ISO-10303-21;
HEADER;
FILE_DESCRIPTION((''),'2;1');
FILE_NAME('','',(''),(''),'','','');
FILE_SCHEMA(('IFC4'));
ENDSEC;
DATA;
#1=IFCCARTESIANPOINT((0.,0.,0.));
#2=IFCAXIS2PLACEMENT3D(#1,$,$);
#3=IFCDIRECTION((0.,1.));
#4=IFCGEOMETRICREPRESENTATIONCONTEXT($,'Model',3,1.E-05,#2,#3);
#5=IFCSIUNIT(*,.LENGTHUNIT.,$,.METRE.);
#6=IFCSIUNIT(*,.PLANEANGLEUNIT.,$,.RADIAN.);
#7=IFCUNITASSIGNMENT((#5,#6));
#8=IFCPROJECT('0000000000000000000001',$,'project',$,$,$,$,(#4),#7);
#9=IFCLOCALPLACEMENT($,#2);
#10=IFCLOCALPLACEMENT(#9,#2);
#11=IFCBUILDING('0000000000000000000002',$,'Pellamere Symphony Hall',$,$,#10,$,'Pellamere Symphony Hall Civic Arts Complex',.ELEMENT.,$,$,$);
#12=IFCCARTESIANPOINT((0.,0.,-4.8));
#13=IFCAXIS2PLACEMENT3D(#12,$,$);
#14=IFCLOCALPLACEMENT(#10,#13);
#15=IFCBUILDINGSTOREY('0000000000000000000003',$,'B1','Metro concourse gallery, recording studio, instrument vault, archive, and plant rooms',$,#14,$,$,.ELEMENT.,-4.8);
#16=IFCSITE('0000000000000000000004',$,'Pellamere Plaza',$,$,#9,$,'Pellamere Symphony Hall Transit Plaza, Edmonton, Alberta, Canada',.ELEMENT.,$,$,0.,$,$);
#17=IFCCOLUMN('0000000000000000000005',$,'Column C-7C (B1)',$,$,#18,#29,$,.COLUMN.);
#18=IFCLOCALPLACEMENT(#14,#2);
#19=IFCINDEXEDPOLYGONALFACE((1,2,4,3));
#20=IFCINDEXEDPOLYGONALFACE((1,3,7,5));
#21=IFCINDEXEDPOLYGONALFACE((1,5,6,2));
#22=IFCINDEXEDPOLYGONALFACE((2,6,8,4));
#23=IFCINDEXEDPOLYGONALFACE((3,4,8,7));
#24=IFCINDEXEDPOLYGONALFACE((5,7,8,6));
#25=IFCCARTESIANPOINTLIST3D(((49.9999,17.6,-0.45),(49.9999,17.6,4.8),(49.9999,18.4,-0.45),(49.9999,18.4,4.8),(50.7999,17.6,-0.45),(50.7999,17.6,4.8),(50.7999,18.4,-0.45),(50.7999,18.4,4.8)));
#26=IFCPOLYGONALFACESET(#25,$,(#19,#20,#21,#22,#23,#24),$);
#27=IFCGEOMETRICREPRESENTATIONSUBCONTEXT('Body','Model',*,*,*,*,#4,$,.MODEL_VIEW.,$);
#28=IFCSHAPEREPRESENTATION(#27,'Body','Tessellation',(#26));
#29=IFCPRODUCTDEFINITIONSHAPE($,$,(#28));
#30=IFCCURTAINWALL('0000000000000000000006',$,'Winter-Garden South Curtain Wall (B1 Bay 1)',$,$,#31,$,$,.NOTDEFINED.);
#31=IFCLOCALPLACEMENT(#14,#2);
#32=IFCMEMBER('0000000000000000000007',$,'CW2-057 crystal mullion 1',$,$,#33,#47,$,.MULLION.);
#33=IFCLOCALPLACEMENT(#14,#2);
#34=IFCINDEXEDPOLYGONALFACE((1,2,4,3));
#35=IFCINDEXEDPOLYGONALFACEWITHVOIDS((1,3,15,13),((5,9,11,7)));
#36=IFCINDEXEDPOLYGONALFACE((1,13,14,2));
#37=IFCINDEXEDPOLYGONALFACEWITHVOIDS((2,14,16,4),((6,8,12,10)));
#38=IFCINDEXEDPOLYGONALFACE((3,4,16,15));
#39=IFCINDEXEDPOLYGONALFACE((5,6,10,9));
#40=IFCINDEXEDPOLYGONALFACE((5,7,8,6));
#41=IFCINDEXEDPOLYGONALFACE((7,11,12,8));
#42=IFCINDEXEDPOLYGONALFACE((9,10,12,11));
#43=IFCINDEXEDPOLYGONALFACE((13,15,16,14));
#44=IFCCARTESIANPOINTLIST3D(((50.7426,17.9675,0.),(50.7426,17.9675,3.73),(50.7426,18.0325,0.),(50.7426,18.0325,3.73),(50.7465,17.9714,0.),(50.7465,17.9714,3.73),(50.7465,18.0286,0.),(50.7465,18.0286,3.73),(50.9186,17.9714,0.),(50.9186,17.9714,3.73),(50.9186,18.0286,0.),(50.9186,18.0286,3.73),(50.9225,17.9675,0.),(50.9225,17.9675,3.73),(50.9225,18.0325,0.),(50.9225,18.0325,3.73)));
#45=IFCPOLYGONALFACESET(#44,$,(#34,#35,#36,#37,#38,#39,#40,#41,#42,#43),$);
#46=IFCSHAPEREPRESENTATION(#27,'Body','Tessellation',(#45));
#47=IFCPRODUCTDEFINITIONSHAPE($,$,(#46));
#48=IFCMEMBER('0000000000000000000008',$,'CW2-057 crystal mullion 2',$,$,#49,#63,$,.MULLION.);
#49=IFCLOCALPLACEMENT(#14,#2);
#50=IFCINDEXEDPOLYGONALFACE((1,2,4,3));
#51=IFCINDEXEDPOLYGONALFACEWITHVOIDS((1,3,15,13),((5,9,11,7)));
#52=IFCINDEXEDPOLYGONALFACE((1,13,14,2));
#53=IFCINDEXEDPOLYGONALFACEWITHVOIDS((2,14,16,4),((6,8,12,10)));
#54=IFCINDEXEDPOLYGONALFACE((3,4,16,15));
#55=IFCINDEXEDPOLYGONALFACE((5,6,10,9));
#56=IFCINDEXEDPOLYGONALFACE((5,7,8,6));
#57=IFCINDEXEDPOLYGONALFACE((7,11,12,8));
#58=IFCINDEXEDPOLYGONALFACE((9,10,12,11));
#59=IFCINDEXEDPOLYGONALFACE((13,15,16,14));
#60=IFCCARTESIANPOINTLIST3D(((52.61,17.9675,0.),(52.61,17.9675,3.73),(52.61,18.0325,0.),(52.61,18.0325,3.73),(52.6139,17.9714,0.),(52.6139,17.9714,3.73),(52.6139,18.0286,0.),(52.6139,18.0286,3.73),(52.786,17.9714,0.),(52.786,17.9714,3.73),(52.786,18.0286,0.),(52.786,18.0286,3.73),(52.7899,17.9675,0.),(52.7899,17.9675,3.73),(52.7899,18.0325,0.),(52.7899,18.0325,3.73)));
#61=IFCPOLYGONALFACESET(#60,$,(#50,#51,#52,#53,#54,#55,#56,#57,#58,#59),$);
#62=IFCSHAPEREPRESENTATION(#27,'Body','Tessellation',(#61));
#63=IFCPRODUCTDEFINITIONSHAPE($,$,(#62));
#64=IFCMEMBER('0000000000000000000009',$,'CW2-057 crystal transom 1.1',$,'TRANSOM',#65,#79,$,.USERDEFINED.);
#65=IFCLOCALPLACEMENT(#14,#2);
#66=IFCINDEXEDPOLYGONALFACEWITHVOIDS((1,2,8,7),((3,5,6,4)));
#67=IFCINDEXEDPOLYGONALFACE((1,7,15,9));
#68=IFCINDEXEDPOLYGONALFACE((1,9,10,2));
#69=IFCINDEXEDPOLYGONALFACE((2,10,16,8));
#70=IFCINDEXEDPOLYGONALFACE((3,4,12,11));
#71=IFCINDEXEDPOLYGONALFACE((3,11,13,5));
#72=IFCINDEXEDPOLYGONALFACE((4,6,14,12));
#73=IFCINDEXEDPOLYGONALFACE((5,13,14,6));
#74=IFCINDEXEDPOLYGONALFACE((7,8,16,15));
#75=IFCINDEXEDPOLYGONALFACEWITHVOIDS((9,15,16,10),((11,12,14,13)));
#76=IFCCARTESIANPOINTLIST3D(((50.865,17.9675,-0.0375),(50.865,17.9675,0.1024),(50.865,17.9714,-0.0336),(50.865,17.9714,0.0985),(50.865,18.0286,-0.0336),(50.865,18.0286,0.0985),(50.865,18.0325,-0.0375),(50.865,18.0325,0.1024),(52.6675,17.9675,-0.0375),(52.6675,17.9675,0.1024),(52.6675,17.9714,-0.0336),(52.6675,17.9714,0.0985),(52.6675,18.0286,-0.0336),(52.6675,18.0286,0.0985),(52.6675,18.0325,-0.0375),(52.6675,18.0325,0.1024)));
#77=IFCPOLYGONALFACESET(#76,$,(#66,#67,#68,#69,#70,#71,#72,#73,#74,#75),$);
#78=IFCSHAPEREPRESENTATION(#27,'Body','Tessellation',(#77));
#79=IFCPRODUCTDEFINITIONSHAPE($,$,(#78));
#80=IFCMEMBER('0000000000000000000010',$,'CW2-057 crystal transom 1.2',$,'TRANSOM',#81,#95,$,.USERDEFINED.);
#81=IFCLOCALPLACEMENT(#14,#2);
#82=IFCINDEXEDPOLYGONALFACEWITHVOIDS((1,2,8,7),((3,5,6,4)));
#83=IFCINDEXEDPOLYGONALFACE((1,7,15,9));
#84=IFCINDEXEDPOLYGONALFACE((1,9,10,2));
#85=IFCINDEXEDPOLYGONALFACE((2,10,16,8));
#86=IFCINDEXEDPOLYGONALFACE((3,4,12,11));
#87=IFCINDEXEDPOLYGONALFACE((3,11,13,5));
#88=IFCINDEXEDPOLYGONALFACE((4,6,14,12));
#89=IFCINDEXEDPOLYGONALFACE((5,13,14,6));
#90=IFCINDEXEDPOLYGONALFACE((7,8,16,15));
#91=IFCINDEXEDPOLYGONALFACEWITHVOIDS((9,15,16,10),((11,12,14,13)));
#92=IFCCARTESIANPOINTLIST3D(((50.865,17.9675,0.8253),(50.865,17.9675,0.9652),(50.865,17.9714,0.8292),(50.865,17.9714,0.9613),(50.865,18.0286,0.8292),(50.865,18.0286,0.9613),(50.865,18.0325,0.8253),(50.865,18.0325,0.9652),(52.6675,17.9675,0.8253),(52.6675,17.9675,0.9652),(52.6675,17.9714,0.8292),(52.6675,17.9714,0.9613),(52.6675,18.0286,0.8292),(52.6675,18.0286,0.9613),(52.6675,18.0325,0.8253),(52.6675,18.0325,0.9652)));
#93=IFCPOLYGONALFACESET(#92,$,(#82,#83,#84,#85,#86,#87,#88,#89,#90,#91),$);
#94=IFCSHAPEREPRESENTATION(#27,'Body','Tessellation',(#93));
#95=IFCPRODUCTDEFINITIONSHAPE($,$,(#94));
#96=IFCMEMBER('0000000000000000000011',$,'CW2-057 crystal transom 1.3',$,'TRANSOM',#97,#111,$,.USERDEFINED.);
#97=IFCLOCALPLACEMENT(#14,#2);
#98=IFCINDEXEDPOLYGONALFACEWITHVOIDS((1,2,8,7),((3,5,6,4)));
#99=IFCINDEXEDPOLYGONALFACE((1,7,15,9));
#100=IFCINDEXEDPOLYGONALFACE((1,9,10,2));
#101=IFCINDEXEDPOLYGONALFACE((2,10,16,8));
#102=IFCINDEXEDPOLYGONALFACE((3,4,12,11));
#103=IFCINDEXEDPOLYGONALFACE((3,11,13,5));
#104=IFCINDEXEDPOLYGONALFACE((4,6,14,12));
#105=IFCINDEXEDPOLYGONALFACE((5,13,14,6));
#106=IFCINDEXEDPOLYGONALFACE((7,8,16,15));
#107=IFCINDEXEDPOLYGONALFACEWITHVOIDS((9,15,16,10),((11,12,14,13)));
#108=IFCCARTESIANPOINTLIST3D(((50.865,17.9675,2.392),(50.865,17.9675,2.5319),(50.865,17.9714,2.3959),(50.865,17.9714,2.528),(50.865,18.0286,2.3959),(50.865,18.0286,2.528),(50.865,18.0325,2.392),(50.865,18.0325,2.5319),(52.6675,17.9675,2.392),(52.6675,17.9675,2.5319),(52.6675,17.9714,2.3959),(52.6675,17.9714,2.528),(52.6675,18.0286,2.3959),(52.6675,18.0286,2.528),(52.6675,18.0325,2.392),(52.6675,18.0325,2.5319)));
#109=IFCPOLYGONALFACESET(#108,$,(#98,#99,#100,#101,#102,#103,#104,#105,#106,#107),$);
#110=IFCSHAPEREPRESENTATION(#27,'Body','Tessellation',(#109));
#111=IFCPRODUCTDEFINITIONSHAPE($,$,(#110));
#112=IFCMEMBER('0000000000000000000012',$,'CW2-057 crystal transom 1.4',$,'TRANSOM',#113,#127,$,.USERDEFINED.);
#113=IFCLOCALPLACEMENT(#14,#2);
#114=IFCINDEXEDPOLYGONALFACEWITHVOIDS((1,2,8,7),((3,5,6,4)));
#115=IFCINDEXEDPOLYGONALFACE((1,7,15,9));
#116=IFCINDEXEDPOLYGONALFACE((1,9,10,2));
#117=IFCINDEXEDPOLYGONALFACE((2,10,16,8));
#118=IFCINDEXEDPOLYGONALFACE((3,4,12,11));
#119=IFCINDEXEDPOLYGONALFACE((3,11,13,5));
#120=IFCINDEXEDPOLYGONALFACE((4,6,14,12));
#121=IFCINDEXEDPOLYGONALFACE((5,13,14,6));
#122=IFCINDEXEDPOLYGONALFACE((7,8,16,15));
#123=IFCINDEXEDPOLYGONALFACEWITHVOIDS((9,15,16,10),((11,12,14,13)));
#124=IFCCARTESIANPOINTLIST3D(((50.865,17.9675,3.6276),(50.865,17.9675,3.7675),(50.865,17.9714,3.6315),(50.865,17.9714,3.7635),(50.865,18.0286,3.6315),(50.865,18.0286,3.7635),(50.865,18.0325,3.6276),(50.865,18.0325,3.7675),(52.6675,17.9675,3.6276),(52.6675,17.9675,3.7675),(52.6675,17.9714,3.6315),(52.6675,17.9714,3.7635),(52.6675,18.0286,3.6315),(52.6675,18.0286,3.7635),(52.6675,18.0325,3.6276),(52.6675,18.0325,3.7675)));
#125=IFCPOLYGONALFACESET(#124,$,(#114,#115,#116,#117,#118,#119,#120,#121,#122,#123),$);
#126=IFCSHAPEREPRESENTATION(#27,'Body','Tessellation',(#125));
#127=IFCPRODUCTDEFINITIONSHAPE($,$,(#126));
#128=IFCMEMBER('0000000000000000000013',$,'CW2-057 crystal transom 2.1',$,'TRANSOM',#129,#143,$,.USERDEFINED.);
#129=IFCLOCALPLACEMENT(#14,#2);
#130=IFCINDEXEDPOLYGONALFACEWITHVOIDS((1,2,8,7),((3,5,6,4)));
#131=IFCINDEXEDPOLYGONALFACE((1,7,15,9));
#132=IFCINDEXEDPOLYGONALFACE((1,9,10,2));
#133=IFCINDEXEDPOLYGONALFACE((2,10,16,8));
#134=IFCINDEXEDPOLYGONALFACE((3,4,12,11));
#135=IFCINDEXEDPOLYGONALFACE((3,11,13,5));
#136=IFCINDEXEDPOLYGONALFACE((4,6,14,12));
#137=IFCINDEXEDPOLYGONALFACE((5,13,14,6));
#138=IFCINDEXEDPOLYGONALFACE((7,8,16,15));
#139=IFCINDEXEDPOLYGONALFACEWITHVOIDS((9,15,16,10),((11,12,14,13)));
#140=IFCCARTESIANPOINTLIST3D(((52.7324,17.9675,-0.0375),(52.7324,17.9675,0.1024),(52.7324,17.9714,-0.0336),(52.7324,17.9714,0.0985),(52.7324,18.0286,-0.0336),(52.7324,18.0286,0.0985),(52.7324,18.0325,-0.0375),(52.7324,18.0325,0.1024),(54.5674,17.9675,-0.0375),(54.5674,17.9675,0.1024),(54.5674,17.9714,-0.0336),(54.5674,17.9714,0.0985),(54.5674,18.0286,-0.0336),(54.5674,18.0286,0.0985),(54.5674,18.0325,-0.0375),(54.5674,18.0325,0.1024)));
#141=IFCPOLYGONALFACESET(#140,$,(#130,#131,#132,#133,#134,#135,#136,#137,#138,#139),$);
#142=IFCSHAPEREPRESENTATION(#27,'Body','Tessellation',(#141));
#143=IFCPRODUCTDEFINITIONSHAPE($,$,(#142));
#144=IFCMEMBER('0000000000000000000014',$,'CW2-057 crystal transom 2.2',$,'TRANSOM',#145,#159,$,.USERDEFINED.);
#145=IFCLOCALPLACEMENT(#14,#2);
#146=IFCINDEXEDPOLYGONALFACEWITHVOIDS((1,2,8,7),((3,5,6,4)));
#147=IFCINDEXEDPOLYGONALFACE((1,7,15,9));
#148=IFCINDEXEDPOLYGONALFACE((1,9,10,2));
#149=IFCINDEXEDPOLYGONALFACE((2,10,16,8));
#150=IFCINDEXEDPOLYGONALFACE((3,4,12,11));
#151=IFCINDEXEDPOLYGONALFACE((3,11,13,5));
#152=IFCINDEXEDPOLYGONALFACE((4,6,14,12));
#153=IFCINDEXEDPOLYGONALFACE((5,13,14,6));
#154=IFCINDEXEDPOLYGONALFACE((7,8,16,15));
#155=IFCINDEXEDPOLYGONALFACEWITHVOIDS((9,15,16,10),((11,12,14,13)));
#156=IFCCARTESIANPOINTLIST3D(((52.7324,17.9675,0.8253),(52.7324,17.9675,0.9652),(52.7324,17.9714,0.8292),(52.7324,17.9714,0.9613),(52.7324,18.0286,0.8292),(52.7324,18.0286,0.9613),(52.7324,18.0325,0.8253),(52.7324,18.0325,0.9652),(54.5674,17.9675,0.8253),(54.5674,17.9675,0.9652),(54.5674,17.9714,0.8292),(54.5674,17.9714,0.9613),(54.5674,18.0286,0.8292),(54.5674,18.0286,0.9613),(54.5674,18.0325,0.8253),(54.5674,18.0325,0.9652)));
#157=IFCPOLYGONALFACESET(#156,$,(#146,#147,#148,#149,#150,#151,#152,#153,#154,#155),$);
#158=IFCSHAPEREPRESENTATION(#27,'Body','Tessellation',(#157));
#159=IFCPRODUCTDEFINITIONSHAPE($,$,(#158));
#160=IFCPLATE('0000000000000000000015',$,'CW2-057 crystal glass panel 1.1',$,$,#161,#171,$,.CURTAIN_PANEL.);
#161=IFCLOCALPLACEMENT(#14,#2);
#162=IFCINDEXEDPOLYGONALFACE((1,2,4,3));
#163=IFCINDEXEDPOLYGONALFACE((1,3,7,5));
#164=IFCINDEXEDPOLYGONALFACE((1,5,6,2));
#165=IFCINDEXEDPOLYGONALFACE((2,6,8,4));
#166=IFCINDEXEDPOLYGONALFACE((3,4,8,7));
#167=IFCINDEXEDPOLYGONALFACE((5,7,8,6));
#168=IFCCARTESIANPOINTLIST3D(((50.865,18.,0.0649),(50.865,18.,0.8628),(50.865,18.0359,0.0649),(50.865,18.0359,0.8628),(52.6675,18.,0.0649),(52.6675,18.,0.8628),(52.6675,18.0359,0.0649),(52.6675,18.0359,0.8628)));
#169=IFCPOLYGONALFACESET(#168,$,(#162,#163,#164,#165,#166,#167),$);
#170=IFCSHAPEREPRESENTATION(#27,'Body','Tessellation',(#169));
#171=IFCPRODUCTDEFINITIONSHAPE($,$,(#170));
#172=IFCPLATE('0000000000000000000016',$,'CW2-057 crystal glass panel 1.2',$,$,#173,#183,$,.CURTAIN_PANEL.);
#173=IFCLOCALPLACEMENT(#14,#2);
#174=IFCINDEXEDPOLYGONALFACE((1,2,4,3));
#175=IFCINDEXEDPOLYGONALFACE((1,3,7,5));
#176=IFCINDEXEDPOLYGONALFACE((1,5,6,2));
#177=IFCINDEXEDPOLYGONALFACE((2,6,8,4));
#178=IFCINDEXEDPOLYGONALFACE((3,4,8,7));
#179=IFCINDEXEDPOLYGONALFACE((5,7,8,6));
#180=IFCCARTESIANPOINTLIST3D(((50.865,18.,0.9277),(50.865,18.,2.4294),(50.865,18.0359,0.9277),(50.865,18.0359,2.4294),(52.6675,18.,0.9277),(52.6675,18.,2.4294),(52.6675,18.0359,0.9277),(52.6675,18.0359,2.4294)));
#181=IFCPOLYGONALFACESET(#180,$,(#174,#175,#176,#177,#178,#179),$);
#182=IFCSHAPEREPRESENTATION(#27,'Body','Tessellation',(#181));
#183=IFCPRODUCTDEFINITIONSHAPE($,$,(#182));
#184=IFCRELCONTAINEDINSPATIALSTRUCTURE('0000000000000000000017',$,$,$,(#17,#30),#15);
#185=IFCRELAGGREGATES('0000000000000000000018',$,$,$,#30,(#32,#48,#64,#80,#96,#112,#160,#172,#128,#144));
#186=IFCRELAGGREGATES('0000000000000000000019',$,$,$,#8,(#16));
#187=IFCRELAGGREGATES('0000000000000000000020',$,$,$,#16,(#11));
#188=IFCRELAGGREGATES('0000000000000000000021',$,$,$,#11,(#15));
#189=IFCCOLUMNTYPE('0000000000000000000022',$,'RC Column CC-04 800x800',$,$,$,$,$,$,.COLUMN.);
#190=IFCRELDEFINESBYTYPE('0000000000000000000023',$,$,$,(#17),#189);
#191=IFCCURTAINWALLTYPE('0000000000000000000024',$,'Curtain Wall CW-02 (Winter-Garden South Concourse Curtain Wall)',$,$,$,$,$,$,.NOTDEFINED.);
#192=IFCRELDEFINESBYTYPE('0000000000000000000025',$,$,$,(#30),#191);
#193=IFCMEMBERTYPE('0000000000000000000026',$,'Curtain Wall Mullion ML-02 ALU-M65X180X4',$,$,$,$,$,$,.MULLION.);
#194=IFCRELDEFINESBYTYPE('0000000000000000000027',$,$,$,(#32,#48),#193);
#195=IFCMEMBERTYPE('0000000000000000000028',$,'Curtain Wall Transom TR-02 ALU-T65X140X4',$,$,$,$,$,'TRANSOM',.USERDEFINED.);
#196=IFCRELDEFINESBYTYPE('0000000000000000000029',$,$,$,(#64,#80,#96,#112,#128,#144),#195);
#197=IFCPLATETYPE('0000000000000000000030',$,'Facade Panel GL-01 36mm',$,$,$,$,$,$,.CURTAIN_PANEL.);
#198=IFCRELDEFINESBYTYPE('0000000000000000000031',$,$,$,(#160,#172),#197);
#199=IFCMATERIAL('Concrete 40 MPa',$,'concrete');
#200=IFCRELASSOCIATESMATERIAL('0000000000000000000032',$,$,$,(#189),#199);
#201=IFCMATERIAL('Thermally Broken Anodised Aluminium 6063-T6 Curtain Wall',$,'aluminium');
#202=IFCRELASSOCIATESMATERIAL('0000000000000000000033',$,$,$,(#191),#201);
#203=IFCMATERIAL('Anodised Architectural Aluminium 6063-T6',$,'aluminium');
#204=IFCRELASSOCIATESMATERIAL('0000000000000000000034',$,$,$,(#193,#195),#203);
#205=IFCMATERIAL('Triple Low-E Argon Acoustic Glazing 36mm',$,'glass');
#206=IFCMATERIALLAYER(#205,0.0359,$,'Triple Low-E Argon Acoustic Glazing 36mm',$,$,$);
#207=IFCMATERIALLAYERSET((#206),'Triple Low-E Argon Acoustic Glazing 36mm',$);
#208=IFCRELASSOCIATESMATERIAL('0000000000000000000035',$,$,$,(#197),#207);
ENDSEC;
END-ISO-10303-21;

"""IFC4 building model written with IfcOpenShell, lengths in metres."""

from ifc_helpers import new_model, si_unit, direction, frame, origin, origin_2d, place, context, subcontext, project, spatial, polyline, rectangle, hollow_rectangle, outline, extrude, material, layer, layer_set, material_profile, profile_set, type_object, element, aggregate, save


model = new_model("IFC4")

# Units and contexts
model_context = context("Model", 3, precision=1e-05, world=origin(), true_north=direction((0.0, 1.0)))
body_context = subcontext(model_context, "Body", "Model", "MODEL_VIEW")
ifc_project = project(units=[si_unit("LENGTHUNIT", "METRE"), si_unit("PLANEANGLEUNIT", "RADIAN")], contexts=[model_context])

# Site, building, storey
site_placement = place(None, origin())
site = spatial("IfcSite", under=ifc_project, at=site_placement, Name="Pellamere Plaza", LongName="Pellamere Symphony Hall Transit Plaza, Edmonton, Alberta, Canada", CompositionType="ELEMENT", RefElevation=0.0)
building_placement = place(site_placement, origin())
building = spatial("IfcBuilding", under=site, at=building_placement, Name="Pellamere Symphony Hall", LongName="Pellamere Symphony Hall Civic Arts Complex", CompositionType="ELEMENT")
storey_placement = place(building_placement, frame((0.0, 0.0, -4.8)))
storey = spatial("IfcBuildingStorey", under=building, at=storey_placement, Name="B1", Description="Metro concourse gallery, recording studio, instrument vault, archive, and plant rooms", CompositionType="ELEMENT", Elevation=-4.8)

# Shared definitions
ifc_material_1 = material(Name="Concrete 40 MPa", Category="concrete")

# Column
ifc_material_profile_1 = material_profile(ifc_material_1, rectangle(XDim=0.8, YDim=0.8, at=origin_2d()), Name="RC 800x800")
ifc_profile_set_1 = profile_set([ifc_material_profile_1], Name="Concrete 40 MPa")
column_type = type_object("IfcColumnType", Name="RC Column CC-04 800x800", PredefinedType="COLUMN", material=ifc_profile_set_1)
column_placement = place(storey_placement, frame((50.3999, 18.0, -0.45), z_axis=(0.0, 0.0, 1.0), x_axis=(1.0, 0.0, 0.0)))
element("IfcColumn", 1, at=column_placement, inside=storey, type_object=column_type, Name="Column C-7C (B1)", PredefinedType="COLUMN", context=body_context, shape_type="SweptSolid", body=[
    extrude(rectangle(XDim=0.8, YDim=0.8, at=origin_2d()), origin(), (0.0, 0.0, 1.0), 5.25),
])

# Curtain wall, members, plates
ifc_material_2 = material(Name="Thermally Broken Anodised Aluminium 6063-T6 Curtain Wall", Category="aluminium")
curtain_wall_type = type_object("IfcCurtainWallType", Name="Curtain Wall CW-02 (Winter-Garden South Concourse Curtain Wall)", PredefinedType="NOTDEFINED", material=ifc_material_2)
curtain_wall_placement = place(storey_placement, origin())
curtain_wall = element("IfcCurtainWall", 2, at=curtain_wall_placement, inside=storey, type_object=curtain_wall_type, Name="Winter-Garden South Curtain Wall (B1 Bay 1)", PredefinedType="NOTDEFINED")
ifc_material_3 = material(Name="Anodised Architectural Aluminium 6063-T6", Category="aluminium")
ifc_material_profile_2 = material_profile(ifc_material_3, hollow_rectangle(XDim=0.0649, YDim=0.1799, WallThickness=0.0039, at=origin_2d()), Name="ALU-M65X180X4")
ifc_profile_set_2 = profile_set([ifc_material_profile_2], Name="Anodised Architectural Aluminium 6063-T6")
member_type_1 = type_object("IfcMemberType", Name="Curtain Wall Mullion ML-02 ALU-M65X180X4", PredefinedType="MULLION", material=ifc_profile_set_2)
member_1_placement = place(storey_placement, frame((50.8325, 18.0, 0.0), z_axis=(0.0, 0.0, 1.0), x_axis=(0.0, 1.0, 0.0)))
member_1 = element("IfcMember", 3, at=member_1_placement, type_object=member_type_1, Name="CW2-057 crystal mullion 1", PredefinedType="MULLION", context=body_context, shape_type="SweptSolid", body=[
    extrude(hollow_rectangle(XDim=0.0649, YDim=0.1799, WallThickness=0.0039, at=origin_2d()), origin(), (0.0, 0.0, 1.0), 3.73),
])
member_2_placement = place(storey_placement, frame((52.7, 18.0, 0.0), z_axis=(0.0, 0.0, 1.0), x_axis=(0.0, 1.0, 0.0)))
member_2 = element("IfcMember", 4, at=member_2_placement, type_object=member_type_1, Name="CW2-057 crystal mullion 2", PredefinedType="MULLION", context=body_context, shape_type="SweptSolid", body=[
    extrude(hollow_rectangle(XDim=0.0649, YDim=0.1799, WallThickness=0.0039, at=origin_2d()), origin(), (0.0, 0.0, 1.0), 3.73),
])
ifc_material_profile_3 = material_profile(ifc_material_3, hollow_rectangle(XDim=0.0649, YDim=0.1399, WallThickness=0.0039, at=origin_2d()), Name="ALU-T65X140X4")
ifc_profile_set_3 = profile_set([ifc_material_profile_3], Name="Anodised Architectural Aluminium 6063-T6")
member_type_2 = type_object("IfcMemberType", Name="Curtain Wall Transom TR-02 ALU-T65X140X4", ElementType="TRANSOM", PredefinedType="USERDEFINED", material=ifc_profile_set_3)
member_3_placement = place(storey_placement, frame((50.865, 18.0, 0.0325), z_axis=(1.0, 0.0, 0.0), x_axis=(0.0, 1.0, 0.0)))
member_3 = element("IfcMember", 5, at=member_3_placement, type_object=member_type_2, Name="CW2-057 crystal transom 1.1", ObjectType="TRANSOM", PredefinedType="USERDEFINED", context=body_context, shape_type="SweptSolid", body=[
    extrude(hollow_rectangle(XDim=0.0649, YDim=0.1399, WallThickness=0.0039, at=origin_2d()), origin(), (0.0, 0.0, 1.0), 1.8025),
])
member_4_placement = place(storey_placement, frame((50.865, 18.0, 0.8953), z_axis=(1.0, 0.0, 0.0), x_axis=(0.0, 1.0, 0.0)))
member_4 = element("IfcMember", 6, at=member_4_placement, type_object=member_type_2, Name="CW2-057 crystal transom 1.2", ObjectType="TRANSOM", PredefinedType="USERDEFINED", context=body_context, shape_type="SweptSolid", body=[
    extrude(hollow_rectangle(XDim=0.0649, YDim=0.1399, WallThickness=0.0039, at=origin_2d()), origin(), (0.0, 0.0, 1.0), 1.8025),
])
member_5_placement = place(storey_placement, frame((50.865, 18.0, 2.4619), z_axis=(1.0, 0.0, 0.0), x_axis=(0.0, 1.0, 0.0)))
member_5 = element("IfcMember", 7, at=member_5_placement, type_object=member_type_2, Name="CW2-057 crystal transom 1.3", ObjectType="TRANSOM", PredefinedType="USERDEFINED", context=body_context, shape_type="SweptSolid", body=[
    extrude(hollow_rectangle(XDim=0.0649, YDim=0.1399, WallThickness=0.0039, at=origin_2d()), origin(), (0.0, 0.0, 1.0), 1.8025),
])
member_6_placement = place(storey_placement, frame((50.865, 18.0, 3.6975), z_axis=(1.0, 0.0, 0.0), x_axis=(0.0, 1.0, 0.0)))
member_6 = element("IfcMember", 8, at=member_6_placement, type_object=member_type_2, Name="CW2-057 crystal transom 1.4", ObjectType="TRANSOM", PredefinedType="USERDEFINED", context=body_context, shape_type="SweptSolid", body=[
    extrude(hollow_rectangle(XDim=0.0649, YDim=0.1399, WallThickness=0.0039, at=origin_2d()), origin(), (0.0, 0.0, 1.0), 1.8025),
])
member_7_placement = place(storey_placement, frame((52.7324, 18.0, 0.0325), z_axis=(1.0, 0.0, 0.0), x_axis=(0.0, 1.0, 0.0)))
member_7 = element("IfcMember", 9, at=member_7_placement, type_object=member_type_2, Name="CW2-057 crystal transom 2.1", ObjectType="TRANSOM", PredefinedType="USERDEFINED", context=body_context, shape_type="SweptSolid", body=[
    extrude(hollow_rectangle(XDim=0.0649, YDim=0.1399, WallThickness=0.0039, at=origin_2d()), origin(), (0.0, 0.0, 1.0), 1.835),
])
member_8_placement = place(storey_placement, frame((52.7324, 18.0, 0.8953), z_axis=(1.0, 0.0, 0.0), x_axis=(0.0, 1.0, 0.0)))
member_8 = element("IfcMember", 10, at=member_8_placement, type_object=member_type_2, Name="CW2-057 crystal transom 2.2", ObjectType="TRANSOM", PredefinedType="USERDEFINED", context=body_context, shape_type="SweptSolid", body=[
    extrude(hollow_rectangle(XDim=0.0649, YDim=0.1399, WallThickness=0.0039, at=origin_2d()), origin(), (0.0, 0.0, 1.0), 1.835),
])
ifc_material_4 = material(Name="Triple Low-E Argon Acoustic Glazing 36mm", Category="glass")
ifc_layer_1 = layer(ifc_material_4, 0.0359, Name="Triple Low-E Argon Acoustic Glazing 36mm")
ifc_layer_set_1 = layer_set([ifc_layer_1], Name="Triple Low-E Argon Acoustic Glazing 36mm")
plate_type = type_object("IfcPlateType", Name="Facade Panel GL-01 36mm", PredefinedType="CURTAIN_PANEL", material=ifc_layer_set_1)
plate_1_placement = place(storey_placement, frame((50.865, 18.0, 0.0649), z_axis=(0.0, -1.0, 0.0), x_axis=(1.0, 0.0, 0.0)))
plate_1 = element("IfcPlate", 11, at=plate_1_placement, type_object=plate_type, Name="CW2-057 crystal glass panel 1.1", PredefinedType="CURTAIN_PANEL", context=body_context, shape_type="SweptSolid", body=[
    extrude(outline(polyline([(0.0, 0.0), (1.8025, 0.0), (1.8025, 0.7979), (0.0, 0.7979), (0.0, 0.0)])), origin(), (0.0, 0.0, -1.0), 0.0359),
])
plate_2_placement = place(storey_placement, frame((50.865, 18.0, 0.9277), z_axis=(0.0, -1.0, 0.0), x_axis=(1.0, 0.0, 0.0)))
plate_2 = element("IfcPlate", 12, at=plate_2_placement, type_object=plate_type, Name="CW2-057 crystal glass panel 1.2", PredefinedType="CURTAIN_PANEL", context=body_context, shape_type="SweptSolid", body=[
    extrude(outline(polyline([(0.0, 0.0), (1.8025, 0.0), (1.8025, 1.5017), (0.0, 1.5017), (0.0, 0.0)])), origin(), (0.0, 0.0, -1.0), 0.0359),
])
aggregate(curtain_wall, [member_1, member_2, member_3, member_4, member_5, member_6, plate_1, plate_2, member_7, member_8])

save(model, "model.ifc")
